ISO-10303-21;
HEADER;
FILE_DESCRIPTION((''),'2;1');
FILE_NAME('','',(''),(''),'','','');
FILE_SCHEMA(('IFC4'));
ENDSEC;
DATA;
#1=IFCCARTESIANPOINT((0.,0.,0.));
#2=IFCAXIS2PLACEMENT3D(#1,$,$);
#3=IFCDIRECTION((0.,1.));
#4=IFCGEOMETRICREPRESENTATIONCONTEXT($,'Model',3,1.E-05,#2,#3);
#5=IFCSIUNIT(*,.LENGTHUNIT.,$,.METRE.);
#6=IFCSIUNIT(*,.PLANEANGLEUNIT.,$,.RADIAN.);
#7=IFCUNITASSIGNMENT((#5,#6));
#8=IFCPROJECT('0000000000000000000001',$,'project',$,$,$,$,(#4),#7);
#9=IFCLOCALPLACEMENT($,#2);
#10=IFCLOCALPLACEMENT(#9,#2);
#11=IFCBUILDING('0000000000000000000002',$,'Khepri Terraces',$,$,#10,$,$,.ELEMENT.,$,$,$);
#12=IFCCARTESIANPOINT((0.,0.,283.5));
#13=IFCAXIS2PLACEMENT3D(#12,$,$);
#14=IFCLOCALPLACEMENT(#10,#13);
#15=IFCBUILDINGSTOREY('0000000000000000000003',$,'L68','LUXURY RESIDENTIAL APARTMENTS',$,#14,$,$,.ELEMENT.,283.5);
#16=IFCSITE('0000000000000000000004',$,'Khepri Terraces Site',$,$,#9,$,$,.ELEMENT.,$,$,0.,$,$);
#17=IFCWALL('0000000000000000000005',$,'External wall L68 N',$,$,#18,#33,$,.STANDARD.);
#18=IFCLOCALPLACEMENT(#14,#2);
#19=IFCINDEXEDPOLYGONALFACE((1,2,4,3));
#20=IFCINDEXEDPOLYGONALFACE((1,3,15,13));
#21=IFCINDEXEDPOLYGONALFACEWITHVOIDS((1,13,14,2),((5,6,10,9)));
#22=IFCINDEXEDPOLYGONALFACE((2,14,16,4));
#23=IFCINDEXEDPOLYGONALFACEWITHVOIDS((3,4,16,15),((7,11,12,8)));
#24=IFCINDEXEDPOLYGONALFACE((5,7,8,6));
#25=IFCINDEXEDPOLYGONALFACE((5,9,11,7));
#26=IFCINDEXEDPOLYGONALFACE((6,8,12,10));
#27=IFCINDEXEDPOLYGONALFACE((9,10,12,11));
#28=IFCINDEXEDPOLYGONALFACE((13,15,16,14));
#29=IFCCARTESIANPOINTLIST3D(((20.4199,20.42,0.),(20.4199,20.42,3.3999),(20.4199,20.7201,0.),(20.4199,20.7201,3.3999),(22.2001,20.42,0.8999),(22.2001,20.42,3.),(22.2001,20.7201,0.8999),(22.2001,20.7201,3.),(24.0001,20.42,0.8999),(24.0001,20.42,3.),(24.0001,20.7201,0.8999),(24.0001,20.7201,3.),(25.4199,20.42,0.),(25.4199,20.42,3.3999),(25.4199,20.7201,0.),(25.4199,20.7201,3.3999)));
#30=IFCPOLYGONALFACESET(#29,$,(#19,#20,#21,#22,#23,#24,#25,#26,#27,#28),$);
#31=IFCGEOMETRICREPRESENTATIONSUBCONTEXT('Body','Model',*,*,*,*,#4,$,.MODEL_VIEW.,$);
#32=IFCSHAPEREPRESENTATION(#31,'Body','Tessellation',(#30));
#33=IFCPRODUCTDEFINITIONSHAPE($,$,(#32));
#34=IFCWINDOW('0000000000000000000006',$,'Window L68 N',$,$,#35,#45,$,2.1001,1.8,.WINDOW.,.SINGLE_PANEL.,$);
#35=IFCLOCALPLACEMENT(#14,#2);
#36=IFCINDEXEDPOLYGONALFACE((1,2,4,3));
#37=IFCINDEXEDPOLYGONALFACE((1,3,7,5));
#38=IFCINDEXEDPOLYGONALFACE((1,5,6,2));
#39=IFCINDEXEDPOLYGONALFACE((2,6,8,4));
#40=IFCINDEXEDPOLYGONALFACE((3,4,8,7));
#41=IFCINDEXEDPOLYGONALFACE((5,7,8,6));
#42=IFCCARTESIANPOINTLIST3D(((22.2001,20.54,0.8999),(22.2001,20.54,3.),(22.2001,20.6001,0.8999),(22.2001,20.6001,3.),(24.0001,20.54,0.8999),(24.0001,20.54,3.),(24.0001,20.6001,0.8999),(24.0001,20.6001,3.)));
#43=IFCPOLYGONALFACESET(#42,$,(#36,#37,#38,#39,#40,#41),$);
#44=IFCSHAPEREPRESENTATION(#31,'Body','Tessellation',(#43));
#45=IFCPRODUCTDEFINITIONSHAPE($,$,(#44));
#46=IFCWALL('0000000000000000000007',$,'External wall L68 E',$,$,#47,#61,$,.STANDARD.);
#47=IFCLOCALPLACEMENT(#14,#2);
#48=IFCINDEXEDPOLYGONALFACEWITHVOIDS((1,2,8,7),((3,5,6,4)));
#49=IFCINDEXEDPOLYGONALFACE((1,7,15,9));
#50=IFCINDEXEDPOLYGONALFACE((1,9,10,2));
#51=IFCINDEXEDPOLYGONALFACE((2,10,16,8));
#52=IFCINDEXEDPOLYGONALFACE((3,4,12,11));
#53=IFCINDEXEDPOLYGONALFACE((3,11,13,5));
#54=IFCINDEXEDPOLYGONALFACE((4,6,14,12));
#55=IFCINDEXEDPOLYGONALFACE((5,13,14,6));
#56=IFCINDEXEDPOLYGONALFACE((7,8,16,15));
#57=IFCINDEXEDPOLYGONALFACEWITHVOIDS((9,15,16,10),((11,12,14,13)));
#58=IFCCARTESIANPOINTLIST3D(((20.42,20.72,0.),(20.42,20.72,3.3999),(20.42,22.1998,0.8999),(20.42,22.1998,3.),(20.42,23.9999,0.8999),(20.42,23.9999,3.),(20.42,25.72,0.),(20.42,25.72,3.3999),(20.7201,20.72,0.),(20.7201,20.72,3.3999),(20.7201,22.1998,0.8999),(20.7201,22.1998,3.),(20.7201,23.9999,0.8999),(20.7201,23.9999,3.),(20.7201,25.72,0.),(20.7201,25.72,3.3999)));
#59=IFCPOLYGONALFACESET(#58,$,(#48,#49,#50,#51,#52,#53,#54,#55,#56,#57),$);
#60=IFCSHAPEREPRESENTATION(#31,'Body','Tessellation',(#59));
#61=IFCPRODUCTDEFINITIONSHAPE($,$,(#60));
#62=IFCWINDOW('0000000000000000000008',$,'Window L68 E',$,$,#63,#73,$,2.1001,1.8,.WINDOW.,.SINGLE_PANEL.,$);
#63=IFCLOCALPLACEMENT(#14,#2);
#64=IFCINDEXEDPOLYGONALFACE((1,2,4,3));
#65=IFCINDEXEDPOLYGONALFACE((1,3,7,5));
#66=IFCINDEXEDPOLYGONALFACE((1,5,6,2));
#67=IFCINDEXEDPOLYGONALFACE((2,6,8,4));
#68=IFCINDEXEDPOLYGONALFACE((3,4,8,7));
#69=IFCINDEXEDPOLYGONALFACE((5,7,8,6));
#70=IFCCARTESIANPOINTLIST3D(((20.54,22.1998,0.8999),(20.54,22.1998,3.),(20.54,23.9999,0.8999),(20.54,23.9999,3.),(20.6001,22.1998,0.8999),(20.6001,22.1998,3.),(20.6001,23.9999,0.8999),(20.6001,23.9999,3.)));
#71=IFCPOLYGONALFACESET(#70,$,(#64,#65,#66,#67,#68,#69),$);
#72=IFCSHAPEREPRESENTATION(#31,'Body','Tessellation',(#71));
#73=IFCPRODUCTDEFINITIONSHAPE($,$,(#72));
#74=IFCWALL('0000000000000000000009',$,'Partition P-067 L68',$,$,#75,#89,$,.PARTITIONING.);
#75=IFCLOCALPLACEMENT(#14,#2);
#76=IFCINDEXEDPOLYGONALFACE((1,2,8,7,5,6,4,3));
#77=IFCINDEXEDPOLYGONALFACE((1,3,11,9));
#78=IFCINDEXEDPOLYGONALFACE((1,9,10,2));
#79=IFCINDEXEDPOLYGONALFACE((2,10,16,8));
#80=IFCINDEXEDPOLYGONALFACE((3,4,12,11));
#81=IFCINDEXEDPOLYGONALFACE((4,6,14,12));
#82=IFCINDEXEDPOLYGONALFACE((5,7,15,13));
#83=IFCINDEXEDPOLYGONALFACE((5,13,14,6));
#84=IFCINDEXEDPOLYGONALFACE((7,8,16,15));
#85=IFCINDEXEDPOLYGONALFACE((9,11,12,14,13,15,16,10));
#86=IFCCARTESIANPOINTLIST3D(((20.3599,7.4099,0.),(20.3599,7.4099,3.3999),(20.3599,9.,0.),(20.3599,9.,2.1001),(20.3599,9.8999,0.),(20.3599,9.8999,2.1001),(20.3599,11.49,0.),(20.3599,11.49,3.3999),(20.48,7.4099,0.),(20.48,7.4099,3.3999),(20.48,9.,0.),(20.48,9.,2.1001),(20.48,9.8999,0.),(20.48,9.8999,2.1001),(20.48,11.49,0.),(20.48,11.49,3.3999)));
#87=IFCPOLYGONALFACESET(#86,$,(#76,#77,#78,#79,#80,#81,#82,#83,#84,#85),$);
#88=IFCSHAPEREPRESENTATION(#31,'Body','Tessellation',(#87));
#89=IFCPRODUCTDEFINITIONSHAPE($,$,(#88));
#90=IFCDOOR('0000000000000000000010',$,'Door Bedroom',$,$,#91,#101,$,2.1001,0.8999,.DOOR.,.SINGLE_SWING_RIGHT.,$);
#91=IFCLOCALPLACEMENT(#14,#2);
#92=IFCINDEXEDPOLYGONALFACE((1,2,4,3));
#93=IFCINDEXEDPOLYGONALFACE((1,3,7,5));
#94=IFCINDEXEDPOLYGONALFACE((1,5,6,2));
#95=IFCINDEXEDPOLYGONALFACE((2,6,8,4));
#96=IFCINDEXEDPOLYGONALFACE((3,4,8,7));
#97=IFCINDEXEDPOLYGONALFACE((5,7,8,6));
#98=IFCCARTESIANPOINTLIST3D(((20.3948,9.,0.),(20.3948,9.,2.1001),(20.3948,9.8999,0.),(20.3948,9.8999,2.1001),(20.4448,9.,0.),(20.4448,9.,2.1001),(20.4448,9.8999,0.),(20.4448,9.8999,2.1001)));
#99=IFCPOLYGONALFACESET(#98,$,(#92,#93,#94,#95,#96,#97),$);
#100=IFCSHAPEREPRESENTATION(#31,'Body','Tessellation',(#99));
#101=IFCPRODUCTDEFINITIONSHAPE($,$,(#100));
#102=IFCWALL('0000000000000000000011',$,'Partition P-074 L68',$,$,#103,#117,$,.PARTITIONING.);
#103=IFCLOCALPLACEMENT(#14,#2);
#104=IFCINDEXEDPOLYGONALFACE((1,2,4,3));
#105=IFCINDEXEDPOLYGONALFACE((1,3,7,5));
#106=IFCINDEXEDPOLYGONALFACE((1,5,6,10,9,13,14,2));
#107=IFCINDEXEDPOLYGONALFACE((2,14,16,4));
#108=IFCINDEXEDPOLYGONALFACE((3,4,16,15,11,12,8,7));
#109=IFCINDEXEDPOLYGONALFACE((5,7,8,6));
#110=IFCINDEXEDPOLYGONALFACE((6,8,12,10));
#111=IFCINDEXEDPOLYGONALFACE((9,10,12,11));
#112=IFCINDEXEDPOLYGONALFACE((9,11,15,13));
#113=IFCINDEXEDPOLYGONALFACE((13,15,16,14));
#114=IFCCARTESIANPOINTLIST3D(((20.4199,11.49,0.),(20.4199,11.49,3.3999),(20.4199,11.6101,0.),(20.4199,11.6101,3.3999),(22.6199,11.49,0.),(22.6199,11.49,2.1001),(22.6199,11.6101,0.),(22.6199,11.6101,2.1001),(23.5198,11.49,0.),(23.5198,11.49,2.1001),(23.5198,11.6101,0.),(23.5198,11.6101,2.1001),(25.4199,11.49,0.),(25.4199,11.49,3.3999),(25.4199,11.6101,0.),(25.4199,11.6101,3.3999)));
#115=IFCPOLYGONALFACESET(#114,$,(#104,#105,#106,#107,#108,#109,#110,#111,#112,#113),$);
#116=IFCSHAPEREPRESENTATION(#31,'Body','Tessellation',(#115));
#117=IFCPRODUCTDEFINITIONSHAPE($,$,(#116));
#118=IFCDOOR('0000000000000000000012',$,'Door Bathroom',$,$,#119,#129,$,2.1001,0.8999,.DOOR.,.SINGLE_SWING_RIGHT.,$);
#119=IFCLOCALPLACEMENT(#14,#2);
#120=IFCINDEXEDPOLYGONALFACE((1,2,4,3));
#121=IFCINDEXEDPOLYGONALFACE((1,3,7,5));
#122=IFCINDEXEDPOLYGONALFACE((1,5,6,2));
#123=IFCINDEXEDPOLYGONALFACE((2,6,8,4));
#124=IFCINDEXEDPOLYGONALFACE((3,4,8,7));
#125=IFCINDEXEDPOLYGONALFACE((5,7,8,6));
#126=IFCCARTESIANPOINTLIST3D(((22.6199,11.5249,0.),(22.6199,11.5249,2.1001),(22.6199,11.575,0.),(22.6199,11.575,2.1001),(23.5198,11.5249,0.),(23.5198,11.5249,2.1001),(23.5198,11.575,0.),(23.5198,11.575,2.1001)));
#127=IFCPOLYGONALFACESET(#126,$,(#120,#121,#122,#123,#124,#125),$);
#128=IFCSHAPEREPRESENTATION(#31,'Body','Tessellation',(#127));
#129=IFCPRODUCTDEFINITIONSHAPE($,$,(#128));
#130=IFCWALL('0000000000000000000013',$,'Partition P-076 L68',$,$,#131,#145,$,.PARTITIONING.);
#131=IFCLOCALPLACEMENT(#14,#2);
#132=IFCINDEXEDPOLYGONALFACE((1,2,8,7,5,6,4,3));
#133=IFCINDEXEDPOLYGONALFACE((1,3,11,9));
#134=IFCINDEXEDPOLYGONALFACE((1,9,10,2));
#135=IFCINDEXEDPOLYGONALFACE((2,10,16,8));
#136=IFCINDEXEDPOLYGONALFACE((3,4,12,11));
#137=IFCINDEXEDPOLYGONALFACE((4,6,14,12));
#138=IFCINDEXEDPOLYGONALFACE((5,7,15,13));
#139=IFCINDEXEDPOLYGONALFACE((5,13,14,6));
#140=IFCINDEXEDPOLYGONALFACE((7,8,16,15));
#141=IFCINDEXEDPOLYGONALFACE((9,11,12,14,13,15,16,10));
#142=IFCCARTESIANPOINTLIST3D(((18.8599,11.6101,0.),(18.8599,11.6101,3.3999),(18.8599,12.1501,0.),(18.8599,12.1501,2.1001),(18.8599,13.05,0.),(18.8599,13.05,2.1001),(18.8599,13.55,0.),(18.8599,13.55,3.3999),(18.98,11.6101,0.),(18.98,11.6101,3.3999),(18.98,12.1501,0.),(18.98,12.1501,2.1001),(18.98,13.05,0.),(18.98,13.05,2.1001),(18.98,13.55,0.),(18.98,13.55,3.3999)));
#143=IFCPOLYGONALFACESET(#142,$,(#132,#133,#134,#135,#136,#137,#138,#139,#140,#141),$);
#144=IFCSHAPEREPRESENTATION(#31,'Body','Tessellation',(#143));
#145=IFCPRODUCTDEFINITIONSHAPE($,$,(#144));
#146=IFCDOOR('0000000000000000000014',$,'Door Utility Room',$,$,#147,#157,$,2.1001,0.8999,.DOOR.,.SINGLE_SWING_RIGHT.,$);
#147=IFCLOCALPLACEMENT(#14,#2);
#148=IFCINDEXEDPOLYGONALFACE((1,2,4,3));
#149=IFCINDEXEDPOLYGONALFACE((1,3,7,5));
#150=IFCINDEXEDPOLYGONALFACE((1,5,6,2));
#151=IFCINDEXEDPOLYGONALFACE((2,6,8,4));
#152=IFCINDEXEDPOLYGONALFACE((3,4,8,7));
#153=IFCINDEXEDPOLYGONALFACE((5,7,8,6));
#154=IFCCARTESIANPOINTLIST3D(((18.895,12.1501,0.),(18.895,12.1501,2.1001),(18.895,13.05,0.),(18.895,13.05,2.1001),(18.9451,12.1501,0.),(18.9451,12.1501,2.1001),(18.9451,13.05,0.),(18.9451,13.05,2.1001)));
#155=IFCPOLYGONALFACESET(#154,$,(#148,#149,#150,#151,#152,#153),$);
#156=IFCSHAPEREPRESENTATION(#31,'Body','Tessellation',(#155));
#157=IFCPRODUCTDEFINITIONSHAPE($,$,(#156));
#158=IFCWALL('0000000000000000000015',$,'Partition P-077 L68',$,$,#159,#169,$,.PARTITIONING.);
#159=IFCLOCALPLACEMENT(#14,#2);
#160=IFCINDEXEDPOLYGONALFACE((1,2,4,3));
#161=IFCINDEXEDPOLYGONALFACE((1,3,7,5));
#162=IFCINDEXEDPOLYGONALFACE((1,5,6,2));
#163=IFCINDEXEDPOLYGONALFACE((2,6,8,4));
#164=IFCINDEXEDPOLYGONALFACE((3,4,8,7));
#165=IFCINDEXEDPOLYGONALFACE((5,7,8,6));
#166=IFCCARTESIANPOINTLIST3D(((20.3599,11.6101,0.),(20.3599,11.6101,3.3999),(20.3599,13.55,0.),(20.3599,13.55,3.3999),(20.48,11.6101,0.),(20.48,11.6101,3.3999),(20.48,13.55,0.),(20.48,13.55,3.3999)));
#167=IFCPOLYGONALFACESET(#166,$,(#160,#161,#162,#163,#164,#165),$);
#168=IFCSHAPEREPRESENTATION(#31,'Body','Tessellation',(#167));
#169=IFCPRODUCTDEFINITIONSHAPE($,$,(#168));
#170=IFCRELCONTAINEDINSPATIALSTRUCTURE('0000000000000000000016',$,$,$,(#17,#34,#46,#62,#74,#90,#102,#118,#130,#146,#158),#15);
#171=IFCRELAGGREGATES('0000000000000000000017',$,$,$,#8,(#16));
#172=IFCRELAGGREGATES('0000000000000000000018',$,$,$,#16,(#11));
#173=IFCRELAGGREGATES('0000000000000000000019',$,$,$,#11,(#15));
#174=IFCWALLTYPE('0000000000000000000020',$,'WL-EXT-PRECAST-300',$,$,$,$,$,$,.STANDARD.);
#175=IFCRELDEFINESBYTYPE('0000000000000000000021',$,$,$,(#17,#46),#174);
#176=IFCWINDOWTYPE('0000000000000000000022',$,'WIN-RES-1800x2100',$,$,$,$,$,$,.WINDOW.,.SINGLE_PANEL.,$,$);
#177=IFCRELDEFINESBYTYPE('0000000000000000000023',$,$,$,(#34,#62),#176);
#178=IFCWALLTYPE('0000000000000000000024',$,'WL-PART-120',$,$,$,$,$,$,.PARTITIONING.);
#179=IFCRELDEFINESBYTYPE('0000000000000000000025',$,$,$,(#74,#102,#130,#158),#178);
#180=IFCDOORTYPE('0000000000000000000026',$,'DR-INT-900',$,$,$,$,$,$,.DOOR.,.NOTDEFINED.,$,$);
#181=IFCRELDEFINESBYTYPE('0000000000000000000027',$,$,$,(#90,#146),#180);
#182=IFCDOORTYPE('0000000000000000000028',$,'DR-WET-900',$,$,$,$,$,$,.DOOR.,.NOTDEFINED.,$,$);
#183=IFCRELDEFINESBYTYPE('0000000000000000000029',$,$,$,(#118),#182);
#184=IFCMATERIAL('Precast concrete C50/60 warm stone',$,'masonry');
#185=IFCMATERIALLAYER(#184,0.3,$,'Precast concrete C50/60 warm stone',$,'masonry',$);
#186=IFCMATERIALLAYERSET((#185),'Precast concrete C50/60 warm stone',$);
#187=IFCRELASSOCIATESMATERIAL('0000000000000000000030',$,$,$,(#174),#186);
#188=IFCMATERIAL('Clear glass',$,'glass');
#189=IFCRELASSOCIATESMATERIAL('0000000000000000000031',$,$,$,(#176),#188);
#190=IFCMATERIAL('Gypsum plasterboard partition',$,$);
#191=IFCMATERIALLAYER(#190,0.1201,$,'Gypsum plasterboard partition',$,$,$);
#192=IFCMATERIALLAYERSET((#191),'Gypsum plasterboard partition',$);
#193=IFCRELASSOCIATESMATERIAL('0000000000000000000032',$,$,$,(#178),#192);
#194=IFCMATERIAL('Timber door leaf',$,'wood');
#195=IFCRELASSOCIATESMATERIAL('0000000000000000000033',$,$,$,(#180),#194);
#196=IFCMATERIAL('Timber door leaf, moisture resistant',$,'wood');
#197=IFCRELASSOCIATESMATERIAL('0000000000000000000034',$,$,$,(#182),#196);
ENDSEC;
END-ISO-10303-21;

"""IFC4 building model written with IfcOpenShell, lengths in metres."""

from ifc_helpers import new_model, si_unit, direction, frame, frame_2d, origin, place, context, subcontext, project, spatial, rectangle, extrude, material, layer, layer_set, type_object, element, fill, save


model = new_model("IFC4")

# Units and contexts
model_context = context("Model", 3, precision=1e-05, world=origin(), true_north=direction((0.0, 1.0)))
body_context = subcontext(model_context, "Body", "Model", "MODEL_VIEW")
ifc_project = project(units=[si_unit("LENGTHUNIT", "METRE"), si_unit("PLANEANGLEUNIT", "RADIAN")], contexts=[model_context])

# Site, building, storey
site_placement = place(None, origin())
site = spatial("IfcSite", under=ifc_project, at=site_placement, Name="Khepri Terraces Site", CompositionType="ELEMENT", RefElevation=0.0)
building_placement = place(site_placement, origin())
building = spatial("IfcBuilding", under=site, at=building_placement, Name="Khepri Terraces", CompositionType="ELEMENT")
storey_placement = place(building_placement, frame((0.0, 0.0, 283.5)))
storey = spatial("IfcBuildingStorey", under=building, at=storey_placement, Name="L68", Description="LUXURY RESIDENTIAL APARTMENTS", CompositionType="ELEMENT", Elevation=283.5)

# Shared definitions
ifc_material_1 = material(Name="Precast concrete C50/60 warm stone", Category="masonry")
ifc_layer_1 = layer(ifc_material_1, 0.3, Name="Precast concrete C50/60 warm stone", Category="masonry")
ifc_layer_set_1 = layer_set([ifc_layer_1], Name="Precast concrete C50/60 warm stone")
wall_type_1 = type_object("IfcWallType", Name="WL-EXT-PRECAST-300", PredefinedType="STANDARD", material=ifc_layer_set_1)
ifc_material_2 = material(Name="Clear glass", Category="glass")
window_type = type_object("IfcWindowType", Name="WIN-RES-1800x2100", PartitioningType="SINGLE_PANEL", PredefinedType="WINDOW", material=ifc_material_2)

# Walls, openings, windows
wall_1_placement = place(storey_placement, frame((25.4199, 20.5701, 0.0), z_axis=(0.0, 0.0, 1.0), x_axis=(-1.0, 0.0, 0.0)))
wall_1 = element("IfcWall", 1, at=wall_1_placement, inside=storey, type_object=wall_type_1, Name="External wall L68 N", PredefinedType="STANDARD", context=body_context, shape_type="SweptSolid", body=[
    extrude(rectangle(XDim=5.0, YDim=0.3, at=frame_2d((2.5, 0.0))), origin(), (0.0, 0.0, 1.0), 3.3999),
])
opening_1_placement = place(wall_1_placement, frame((1.4199, 0.0, 0.8999)))
opening_1 = element("IfcOpeningElement", 2, at=opening_1_placement, cuts=wall_1, PredefinedType="OPENING", context=body_context, shape_type="SweptSolid", body=[
    extrude(rectangle(XDim=1.8, YDim=2.1001, at=frame_2d((0.8999, 1.05))), frame((0.0, 0.1602, 0.0), z_axis=(0.0, -1.0, 0.0), x_axis=(1.0, 0.0, 0.0)), (0.0, 0.0, 1.0), 0.3201),
])
window_1_placement = place(opening_1_placement, origin())
window_1 = element("IfcWindow", 3, at=window_1_placement, inside=storey, type_object=window_type, Name="Window L68 N", OverallHeight=2.1001, OverallWidth=1.8, PartitioningType="SINGLE_PANEL", PredefinedType="WINDOW", context=body_context, shape_type="SweptSolid", body=[
    extrude(rectangle(XDim=1.8, YDim=2.1001, at=frame_2d((0.8999, 1.05))), frame((0.0, 0.03, 0.0), z_axis=(0.0, -1.0, 0.0), x_axis=(1.0, 0.0, 0.0)), (0.0, 0.0, 1.0), 0.0601),
])
fill(opening_1, window_1)
wall_2_placement = place(storey_placement, frame((20.5701, 20.72, 0.0), z_axis=(0.0, 0.0, 1.0), x_axis=(0.0, 1.0, 0.0)))
wall_2 = element("IfcWall", 4, at=wall_2_placement, inside=storey, type_object=wall_type_1, Name="External wall L68 E", PredefinedType="STANDARD", context=body_context, shape_type="SweptSolid", body=[
    extrude(rectangle(XDim=5.0, YDim=0.3, at=frame_2d((2.5, 0.0))), origin(), (0.0, 0.0, 1.0), 3.3999),
])
opening_2_placement = place(wall_2_placement, frame((1.48, 0.0, 0.8999)))
opening_2 = element("IfcOpeningElement", 5, at=opening_2_placement, cuts=wall_2, PredefinedType="OPENING", context=body_context, shape_type="SweptSolid", body=[
    extrude(rectangle(XDim=1.8, YDim=2.1001, at=frame_2d((0.8999, 1.05))), frame((0.0, 0.1602, 0.0), z_axis=(0.0, -1.0, 0.0), x_axis=(1.0, 0.0, 0.0)), (0.0, 0.0, 1.0), 0.3201),
])
window_2_placement = place(opening_2_placement, origin())
window_2 = element("IfcWindow", 6, at=window_2_placement, inside=storey, type_object=window_type, Name="Window L68 E", OverallHeight=2.1001, OverallWidth=1.8, PartitioningType="SINGLE_PANEL", PredefinedType="WINDOW", context=body_context, shape_type="SweptSolid", body=[
    extrude(rectangle(XDim=1.8, YDim=2.1001, at=frame_2d((0.8999, 1.05))), frame((0.0, 0.03, 0.0), z_axis=(0.0, -1.0, 0.0), x_axis=(1.0, 0.0, 0.0)), (0.0, 0.0, 1.0), 0.0601),
])
fill(opening_2, window_2)

# Walls, openings, doors
ifc_material_3 = material(Name="Gypsum plasterboard partition")
ifc_layer_2 = layer(ifc_material_3, 0.1201, Name="Gypsum plasterboard partition")
ifc_layer_set_2 = layer_set([ifc_layer_2], Name="Gypsum plasterboard partition")
wall_type_2 = type_object("IfcWallType", Name="WL-PART-120", PredefinedType="PARTITIONING", material=ifc_layer_set_2)
wall_3_placement = place(storey_placement, frame((20.4199, 7.4099, 0.0), z_axis=(0.0, 0.0, 1.0), x_axis=(0.0, 1.0, 0.0)))
wall_3 = element("IfcWall", 7, at=wall_3_placement, inside=storey, type_object=wall_type_2, Name="Partition P-067 L68", PredefinedType="PARTITIONING", context=body_context, shape_type="SweptSolid", body=[
    extrude(rectangle(XDim=4.0801, YDim=0.1201, at=frame_2d((2.04, 0.0))), origin(), (0.0, 0.0, 1.0), 3.3999),
])
opening_3_placement = place(wall_3_placement, frame((1.5901, 0.0, 0.0)))
opening_3 = element("IfcOpeningElement", 8, at=opening_3_placement, cuts=wall_3, PredefinedType="OPENING", context=body_context, shape_type="SweptSolid", body=[
    extrude(rectangle(XDim=0.8999, YDim=2.1001, at=frame_2d((0.45, 1.05))), frame((0.0, 0.0701, 0.0), z_axis=(0.0, -1.0, 0.0), x_axis=(1.0, 0.0, 0.0)), (0.0, 0.0, 1.0), 0.1401),
])
ifc_material_4 = material(Name="Timber door leaf", Category="wood")
door_type_1 = type_object("IfcDoorType", Name="DR-INT-900", OperationType="NOTDEFINED", PredefinedType="DOOR", material=ifc_material_4)
door_1_placement = place(opening_3_placement, frame((0.8999, 0.0, 0.0), z_axis=(0.0, 0.0, 1.0), x_axis=(-1.0, 0.0, 0.0)))
door_1 = element("IfcDoor", 9, at=door_1_placement, inside=storey, type_object=door_type_1, Name="Door Bedroom", OperationType="SINGLE_SWING_RIGHT", OverallHeight=2.1001, OverallWidth=0.8999, PredefinedType="DOOR", context=body_context, shape_type="SweptSolid", body=[
    extrude(rectangle(XDim=0.8999, YDim=2.1001, at=frame_2d((0.45, 1.05))), frame((0.0, 0.0249, 0.0), z_axis=(0.0, -1.0, 0.0), x_axis=(1.0, 0.0, 0.0)), (0.0, 0.0, 1.0), 0.05),
])
fill(opening_3, door_1)
wall_4_placement = place(storey_placement, frame((20.4199, 11.55, 0.0), z_axis=(0.0, 0.0, 1.0), x_axis=(1.0, 0.0, 0.0)))
wall_4 = element("IfcWall", 10, at=wall_4_placement, inside=storey, type_object=wall_type_2, Name="Partition P-074 L68", PredefinedType="PARTITIONING", context=body_context, shape_type="SweptSolid", body=[
    extrude(rectangle(XDim=5.0, YDim=0.1201, at=frame_2d((2.5, 0.0))), origin(), (0.0, 0.0, 1.0), 3.3999),
])
opening_4_placement = place(wall_4_placement, frame((2.2, 0.0, 0.0)))
opening_4 = element("IfcOpeningElement", 11, at=opening_4_placement, cuts=wall_4, PredefinedType="OPENING", context=body_context, shape_type="SweptSolid", body=[
    extrude(rectangle(XDim=0.8999, YDim=2.1001, at=frame_2d((0.45, 1.05))), frame((0.0, 0.0701, 0.0), z_axis=(0.0, -1.0, 0.0), x_axis=(1.0, 0.0, 0.0)), (0.0, 0.0, 1.0), 0.1401),
])
ifc_material_5 = material(Name="Timber door leaf, moisture resistant", Category="wood")
door_type_2 = type_object("IfcDoorType", Name="DR-WET-900", OperationType="NOTDEFINED", PredefinedType="DOOR", material=ifc_material_5)
door_2_placement = place(opening_4_placement, origin())
door_2 = element("IfcDoor", 12, at=door_2_placement, inside=storey, type_object=door_type_2, Name="Door Bathroom", OperationType="SINGLE_SWING_RIGHT", OverallHeight=2.1001, OverallWidth=0.8999, PredefinedType="DOOR", context=body_context, shape_type="SweptSolid", body=[
    extrude(rectangle(XDim=0.8999, YDim=2.1001, at=frame_2d((0.45, 1.05))), frame((0.0, 0.0249, 0.0), z_axis=(0.0, -1.0, 0.0), x_axis=(1.0, 0.0, 0.0)), (0.0, 0.0, 1.0), 0.05),
])
fill(opening_4, door_2)
wall_5_placement = place(storey_placement, frame((18.9199, 11.6101, 0.0), z_axis=(0.0, 0.0, 1.0), x_axis=(0.0, 1.0, 0.0)))
wall_5 = element("IfcWall", 13, at=wall_5_placement, inside=storey, type_object=wall_type_2, Name="Partition P-076 L68", PredefinedType="PARTITIONING", context=body_context, shape_type="SweptSolid", body=[
    extrude(rectangle(XDim=1.9399, YDim=0.1201, at=frame_2d((0.97, 0.0))), origin(), (0.0, 0.0, 1.0), 3.3999),
])
opening_5_placement = place(wall_5_placement, frame((0.54, 0.0, 0.0)))
opening_5 = element("IfcOpeningElement", 14, at=opening_5_placement, cuts=wall_5, PredefinedType="OPENING", context=body_context, shape_type="SweptSolid", body=[
    extrude(rectangle(XDim=0.8999, YDim=2.1001, at=frame_2d((0.45, 1.05))), frame((0.0, 0.0701, 0.0), z_axis=(0.0, -1.0, 0.0), x_axis=(1.0, 0.0, 0.0)), (0.0, 0.0, 1.0), 0.1401),
])
door_3_placement = place(opening_5_placement, origin())
door_3 = element("IfcDoor", 15, at=door_3_placement, inside=storey, type_object=door_type_1, Name="Door Utility Room", OperationType="SINGLE_SWING_RIGHT", OverallHeight=2.1001, OverallWidth=0.8999, PredefinedType="DOOR", context=body_context, shape_type="SweptSolid", body=[
    extrude(rectangle(XDim=0.8999, YDim=2.1001, at=frame_2d((0.45, 1.05))), frame((0.0, 0.0249, 0.0), z_axis=(0.0, -1.0, 0.0), x_axis=(1.0, 0.0, 0.0)), (0.0, 0.0, 1.0), 0.05),
])
fill(opening_5, door_3)

# Wall
wall_6_placement = place(storey_placement, frame((20.4199, 11.6101, 0.0), z_axis=(0.0, 0.0, 1.0), x_axis=(0.0, 1.0, 0.0)))
element("IfcWall", 16, at=wall_6_placement, inside=storey, type_object=wall_type_2, Name="Partition P-077 L68", PredefinedType="PARTITIONING", context=body_context, shape_type="SweptSolid", body=[
    extrude(rectangle(XDim=1.9399, YDim=0.1201, at=frame_2d((0.97, 0.0))), origin(), (0.0, 0.0, 1.0), 3.3999),
])

save(model, "model.ifc")
